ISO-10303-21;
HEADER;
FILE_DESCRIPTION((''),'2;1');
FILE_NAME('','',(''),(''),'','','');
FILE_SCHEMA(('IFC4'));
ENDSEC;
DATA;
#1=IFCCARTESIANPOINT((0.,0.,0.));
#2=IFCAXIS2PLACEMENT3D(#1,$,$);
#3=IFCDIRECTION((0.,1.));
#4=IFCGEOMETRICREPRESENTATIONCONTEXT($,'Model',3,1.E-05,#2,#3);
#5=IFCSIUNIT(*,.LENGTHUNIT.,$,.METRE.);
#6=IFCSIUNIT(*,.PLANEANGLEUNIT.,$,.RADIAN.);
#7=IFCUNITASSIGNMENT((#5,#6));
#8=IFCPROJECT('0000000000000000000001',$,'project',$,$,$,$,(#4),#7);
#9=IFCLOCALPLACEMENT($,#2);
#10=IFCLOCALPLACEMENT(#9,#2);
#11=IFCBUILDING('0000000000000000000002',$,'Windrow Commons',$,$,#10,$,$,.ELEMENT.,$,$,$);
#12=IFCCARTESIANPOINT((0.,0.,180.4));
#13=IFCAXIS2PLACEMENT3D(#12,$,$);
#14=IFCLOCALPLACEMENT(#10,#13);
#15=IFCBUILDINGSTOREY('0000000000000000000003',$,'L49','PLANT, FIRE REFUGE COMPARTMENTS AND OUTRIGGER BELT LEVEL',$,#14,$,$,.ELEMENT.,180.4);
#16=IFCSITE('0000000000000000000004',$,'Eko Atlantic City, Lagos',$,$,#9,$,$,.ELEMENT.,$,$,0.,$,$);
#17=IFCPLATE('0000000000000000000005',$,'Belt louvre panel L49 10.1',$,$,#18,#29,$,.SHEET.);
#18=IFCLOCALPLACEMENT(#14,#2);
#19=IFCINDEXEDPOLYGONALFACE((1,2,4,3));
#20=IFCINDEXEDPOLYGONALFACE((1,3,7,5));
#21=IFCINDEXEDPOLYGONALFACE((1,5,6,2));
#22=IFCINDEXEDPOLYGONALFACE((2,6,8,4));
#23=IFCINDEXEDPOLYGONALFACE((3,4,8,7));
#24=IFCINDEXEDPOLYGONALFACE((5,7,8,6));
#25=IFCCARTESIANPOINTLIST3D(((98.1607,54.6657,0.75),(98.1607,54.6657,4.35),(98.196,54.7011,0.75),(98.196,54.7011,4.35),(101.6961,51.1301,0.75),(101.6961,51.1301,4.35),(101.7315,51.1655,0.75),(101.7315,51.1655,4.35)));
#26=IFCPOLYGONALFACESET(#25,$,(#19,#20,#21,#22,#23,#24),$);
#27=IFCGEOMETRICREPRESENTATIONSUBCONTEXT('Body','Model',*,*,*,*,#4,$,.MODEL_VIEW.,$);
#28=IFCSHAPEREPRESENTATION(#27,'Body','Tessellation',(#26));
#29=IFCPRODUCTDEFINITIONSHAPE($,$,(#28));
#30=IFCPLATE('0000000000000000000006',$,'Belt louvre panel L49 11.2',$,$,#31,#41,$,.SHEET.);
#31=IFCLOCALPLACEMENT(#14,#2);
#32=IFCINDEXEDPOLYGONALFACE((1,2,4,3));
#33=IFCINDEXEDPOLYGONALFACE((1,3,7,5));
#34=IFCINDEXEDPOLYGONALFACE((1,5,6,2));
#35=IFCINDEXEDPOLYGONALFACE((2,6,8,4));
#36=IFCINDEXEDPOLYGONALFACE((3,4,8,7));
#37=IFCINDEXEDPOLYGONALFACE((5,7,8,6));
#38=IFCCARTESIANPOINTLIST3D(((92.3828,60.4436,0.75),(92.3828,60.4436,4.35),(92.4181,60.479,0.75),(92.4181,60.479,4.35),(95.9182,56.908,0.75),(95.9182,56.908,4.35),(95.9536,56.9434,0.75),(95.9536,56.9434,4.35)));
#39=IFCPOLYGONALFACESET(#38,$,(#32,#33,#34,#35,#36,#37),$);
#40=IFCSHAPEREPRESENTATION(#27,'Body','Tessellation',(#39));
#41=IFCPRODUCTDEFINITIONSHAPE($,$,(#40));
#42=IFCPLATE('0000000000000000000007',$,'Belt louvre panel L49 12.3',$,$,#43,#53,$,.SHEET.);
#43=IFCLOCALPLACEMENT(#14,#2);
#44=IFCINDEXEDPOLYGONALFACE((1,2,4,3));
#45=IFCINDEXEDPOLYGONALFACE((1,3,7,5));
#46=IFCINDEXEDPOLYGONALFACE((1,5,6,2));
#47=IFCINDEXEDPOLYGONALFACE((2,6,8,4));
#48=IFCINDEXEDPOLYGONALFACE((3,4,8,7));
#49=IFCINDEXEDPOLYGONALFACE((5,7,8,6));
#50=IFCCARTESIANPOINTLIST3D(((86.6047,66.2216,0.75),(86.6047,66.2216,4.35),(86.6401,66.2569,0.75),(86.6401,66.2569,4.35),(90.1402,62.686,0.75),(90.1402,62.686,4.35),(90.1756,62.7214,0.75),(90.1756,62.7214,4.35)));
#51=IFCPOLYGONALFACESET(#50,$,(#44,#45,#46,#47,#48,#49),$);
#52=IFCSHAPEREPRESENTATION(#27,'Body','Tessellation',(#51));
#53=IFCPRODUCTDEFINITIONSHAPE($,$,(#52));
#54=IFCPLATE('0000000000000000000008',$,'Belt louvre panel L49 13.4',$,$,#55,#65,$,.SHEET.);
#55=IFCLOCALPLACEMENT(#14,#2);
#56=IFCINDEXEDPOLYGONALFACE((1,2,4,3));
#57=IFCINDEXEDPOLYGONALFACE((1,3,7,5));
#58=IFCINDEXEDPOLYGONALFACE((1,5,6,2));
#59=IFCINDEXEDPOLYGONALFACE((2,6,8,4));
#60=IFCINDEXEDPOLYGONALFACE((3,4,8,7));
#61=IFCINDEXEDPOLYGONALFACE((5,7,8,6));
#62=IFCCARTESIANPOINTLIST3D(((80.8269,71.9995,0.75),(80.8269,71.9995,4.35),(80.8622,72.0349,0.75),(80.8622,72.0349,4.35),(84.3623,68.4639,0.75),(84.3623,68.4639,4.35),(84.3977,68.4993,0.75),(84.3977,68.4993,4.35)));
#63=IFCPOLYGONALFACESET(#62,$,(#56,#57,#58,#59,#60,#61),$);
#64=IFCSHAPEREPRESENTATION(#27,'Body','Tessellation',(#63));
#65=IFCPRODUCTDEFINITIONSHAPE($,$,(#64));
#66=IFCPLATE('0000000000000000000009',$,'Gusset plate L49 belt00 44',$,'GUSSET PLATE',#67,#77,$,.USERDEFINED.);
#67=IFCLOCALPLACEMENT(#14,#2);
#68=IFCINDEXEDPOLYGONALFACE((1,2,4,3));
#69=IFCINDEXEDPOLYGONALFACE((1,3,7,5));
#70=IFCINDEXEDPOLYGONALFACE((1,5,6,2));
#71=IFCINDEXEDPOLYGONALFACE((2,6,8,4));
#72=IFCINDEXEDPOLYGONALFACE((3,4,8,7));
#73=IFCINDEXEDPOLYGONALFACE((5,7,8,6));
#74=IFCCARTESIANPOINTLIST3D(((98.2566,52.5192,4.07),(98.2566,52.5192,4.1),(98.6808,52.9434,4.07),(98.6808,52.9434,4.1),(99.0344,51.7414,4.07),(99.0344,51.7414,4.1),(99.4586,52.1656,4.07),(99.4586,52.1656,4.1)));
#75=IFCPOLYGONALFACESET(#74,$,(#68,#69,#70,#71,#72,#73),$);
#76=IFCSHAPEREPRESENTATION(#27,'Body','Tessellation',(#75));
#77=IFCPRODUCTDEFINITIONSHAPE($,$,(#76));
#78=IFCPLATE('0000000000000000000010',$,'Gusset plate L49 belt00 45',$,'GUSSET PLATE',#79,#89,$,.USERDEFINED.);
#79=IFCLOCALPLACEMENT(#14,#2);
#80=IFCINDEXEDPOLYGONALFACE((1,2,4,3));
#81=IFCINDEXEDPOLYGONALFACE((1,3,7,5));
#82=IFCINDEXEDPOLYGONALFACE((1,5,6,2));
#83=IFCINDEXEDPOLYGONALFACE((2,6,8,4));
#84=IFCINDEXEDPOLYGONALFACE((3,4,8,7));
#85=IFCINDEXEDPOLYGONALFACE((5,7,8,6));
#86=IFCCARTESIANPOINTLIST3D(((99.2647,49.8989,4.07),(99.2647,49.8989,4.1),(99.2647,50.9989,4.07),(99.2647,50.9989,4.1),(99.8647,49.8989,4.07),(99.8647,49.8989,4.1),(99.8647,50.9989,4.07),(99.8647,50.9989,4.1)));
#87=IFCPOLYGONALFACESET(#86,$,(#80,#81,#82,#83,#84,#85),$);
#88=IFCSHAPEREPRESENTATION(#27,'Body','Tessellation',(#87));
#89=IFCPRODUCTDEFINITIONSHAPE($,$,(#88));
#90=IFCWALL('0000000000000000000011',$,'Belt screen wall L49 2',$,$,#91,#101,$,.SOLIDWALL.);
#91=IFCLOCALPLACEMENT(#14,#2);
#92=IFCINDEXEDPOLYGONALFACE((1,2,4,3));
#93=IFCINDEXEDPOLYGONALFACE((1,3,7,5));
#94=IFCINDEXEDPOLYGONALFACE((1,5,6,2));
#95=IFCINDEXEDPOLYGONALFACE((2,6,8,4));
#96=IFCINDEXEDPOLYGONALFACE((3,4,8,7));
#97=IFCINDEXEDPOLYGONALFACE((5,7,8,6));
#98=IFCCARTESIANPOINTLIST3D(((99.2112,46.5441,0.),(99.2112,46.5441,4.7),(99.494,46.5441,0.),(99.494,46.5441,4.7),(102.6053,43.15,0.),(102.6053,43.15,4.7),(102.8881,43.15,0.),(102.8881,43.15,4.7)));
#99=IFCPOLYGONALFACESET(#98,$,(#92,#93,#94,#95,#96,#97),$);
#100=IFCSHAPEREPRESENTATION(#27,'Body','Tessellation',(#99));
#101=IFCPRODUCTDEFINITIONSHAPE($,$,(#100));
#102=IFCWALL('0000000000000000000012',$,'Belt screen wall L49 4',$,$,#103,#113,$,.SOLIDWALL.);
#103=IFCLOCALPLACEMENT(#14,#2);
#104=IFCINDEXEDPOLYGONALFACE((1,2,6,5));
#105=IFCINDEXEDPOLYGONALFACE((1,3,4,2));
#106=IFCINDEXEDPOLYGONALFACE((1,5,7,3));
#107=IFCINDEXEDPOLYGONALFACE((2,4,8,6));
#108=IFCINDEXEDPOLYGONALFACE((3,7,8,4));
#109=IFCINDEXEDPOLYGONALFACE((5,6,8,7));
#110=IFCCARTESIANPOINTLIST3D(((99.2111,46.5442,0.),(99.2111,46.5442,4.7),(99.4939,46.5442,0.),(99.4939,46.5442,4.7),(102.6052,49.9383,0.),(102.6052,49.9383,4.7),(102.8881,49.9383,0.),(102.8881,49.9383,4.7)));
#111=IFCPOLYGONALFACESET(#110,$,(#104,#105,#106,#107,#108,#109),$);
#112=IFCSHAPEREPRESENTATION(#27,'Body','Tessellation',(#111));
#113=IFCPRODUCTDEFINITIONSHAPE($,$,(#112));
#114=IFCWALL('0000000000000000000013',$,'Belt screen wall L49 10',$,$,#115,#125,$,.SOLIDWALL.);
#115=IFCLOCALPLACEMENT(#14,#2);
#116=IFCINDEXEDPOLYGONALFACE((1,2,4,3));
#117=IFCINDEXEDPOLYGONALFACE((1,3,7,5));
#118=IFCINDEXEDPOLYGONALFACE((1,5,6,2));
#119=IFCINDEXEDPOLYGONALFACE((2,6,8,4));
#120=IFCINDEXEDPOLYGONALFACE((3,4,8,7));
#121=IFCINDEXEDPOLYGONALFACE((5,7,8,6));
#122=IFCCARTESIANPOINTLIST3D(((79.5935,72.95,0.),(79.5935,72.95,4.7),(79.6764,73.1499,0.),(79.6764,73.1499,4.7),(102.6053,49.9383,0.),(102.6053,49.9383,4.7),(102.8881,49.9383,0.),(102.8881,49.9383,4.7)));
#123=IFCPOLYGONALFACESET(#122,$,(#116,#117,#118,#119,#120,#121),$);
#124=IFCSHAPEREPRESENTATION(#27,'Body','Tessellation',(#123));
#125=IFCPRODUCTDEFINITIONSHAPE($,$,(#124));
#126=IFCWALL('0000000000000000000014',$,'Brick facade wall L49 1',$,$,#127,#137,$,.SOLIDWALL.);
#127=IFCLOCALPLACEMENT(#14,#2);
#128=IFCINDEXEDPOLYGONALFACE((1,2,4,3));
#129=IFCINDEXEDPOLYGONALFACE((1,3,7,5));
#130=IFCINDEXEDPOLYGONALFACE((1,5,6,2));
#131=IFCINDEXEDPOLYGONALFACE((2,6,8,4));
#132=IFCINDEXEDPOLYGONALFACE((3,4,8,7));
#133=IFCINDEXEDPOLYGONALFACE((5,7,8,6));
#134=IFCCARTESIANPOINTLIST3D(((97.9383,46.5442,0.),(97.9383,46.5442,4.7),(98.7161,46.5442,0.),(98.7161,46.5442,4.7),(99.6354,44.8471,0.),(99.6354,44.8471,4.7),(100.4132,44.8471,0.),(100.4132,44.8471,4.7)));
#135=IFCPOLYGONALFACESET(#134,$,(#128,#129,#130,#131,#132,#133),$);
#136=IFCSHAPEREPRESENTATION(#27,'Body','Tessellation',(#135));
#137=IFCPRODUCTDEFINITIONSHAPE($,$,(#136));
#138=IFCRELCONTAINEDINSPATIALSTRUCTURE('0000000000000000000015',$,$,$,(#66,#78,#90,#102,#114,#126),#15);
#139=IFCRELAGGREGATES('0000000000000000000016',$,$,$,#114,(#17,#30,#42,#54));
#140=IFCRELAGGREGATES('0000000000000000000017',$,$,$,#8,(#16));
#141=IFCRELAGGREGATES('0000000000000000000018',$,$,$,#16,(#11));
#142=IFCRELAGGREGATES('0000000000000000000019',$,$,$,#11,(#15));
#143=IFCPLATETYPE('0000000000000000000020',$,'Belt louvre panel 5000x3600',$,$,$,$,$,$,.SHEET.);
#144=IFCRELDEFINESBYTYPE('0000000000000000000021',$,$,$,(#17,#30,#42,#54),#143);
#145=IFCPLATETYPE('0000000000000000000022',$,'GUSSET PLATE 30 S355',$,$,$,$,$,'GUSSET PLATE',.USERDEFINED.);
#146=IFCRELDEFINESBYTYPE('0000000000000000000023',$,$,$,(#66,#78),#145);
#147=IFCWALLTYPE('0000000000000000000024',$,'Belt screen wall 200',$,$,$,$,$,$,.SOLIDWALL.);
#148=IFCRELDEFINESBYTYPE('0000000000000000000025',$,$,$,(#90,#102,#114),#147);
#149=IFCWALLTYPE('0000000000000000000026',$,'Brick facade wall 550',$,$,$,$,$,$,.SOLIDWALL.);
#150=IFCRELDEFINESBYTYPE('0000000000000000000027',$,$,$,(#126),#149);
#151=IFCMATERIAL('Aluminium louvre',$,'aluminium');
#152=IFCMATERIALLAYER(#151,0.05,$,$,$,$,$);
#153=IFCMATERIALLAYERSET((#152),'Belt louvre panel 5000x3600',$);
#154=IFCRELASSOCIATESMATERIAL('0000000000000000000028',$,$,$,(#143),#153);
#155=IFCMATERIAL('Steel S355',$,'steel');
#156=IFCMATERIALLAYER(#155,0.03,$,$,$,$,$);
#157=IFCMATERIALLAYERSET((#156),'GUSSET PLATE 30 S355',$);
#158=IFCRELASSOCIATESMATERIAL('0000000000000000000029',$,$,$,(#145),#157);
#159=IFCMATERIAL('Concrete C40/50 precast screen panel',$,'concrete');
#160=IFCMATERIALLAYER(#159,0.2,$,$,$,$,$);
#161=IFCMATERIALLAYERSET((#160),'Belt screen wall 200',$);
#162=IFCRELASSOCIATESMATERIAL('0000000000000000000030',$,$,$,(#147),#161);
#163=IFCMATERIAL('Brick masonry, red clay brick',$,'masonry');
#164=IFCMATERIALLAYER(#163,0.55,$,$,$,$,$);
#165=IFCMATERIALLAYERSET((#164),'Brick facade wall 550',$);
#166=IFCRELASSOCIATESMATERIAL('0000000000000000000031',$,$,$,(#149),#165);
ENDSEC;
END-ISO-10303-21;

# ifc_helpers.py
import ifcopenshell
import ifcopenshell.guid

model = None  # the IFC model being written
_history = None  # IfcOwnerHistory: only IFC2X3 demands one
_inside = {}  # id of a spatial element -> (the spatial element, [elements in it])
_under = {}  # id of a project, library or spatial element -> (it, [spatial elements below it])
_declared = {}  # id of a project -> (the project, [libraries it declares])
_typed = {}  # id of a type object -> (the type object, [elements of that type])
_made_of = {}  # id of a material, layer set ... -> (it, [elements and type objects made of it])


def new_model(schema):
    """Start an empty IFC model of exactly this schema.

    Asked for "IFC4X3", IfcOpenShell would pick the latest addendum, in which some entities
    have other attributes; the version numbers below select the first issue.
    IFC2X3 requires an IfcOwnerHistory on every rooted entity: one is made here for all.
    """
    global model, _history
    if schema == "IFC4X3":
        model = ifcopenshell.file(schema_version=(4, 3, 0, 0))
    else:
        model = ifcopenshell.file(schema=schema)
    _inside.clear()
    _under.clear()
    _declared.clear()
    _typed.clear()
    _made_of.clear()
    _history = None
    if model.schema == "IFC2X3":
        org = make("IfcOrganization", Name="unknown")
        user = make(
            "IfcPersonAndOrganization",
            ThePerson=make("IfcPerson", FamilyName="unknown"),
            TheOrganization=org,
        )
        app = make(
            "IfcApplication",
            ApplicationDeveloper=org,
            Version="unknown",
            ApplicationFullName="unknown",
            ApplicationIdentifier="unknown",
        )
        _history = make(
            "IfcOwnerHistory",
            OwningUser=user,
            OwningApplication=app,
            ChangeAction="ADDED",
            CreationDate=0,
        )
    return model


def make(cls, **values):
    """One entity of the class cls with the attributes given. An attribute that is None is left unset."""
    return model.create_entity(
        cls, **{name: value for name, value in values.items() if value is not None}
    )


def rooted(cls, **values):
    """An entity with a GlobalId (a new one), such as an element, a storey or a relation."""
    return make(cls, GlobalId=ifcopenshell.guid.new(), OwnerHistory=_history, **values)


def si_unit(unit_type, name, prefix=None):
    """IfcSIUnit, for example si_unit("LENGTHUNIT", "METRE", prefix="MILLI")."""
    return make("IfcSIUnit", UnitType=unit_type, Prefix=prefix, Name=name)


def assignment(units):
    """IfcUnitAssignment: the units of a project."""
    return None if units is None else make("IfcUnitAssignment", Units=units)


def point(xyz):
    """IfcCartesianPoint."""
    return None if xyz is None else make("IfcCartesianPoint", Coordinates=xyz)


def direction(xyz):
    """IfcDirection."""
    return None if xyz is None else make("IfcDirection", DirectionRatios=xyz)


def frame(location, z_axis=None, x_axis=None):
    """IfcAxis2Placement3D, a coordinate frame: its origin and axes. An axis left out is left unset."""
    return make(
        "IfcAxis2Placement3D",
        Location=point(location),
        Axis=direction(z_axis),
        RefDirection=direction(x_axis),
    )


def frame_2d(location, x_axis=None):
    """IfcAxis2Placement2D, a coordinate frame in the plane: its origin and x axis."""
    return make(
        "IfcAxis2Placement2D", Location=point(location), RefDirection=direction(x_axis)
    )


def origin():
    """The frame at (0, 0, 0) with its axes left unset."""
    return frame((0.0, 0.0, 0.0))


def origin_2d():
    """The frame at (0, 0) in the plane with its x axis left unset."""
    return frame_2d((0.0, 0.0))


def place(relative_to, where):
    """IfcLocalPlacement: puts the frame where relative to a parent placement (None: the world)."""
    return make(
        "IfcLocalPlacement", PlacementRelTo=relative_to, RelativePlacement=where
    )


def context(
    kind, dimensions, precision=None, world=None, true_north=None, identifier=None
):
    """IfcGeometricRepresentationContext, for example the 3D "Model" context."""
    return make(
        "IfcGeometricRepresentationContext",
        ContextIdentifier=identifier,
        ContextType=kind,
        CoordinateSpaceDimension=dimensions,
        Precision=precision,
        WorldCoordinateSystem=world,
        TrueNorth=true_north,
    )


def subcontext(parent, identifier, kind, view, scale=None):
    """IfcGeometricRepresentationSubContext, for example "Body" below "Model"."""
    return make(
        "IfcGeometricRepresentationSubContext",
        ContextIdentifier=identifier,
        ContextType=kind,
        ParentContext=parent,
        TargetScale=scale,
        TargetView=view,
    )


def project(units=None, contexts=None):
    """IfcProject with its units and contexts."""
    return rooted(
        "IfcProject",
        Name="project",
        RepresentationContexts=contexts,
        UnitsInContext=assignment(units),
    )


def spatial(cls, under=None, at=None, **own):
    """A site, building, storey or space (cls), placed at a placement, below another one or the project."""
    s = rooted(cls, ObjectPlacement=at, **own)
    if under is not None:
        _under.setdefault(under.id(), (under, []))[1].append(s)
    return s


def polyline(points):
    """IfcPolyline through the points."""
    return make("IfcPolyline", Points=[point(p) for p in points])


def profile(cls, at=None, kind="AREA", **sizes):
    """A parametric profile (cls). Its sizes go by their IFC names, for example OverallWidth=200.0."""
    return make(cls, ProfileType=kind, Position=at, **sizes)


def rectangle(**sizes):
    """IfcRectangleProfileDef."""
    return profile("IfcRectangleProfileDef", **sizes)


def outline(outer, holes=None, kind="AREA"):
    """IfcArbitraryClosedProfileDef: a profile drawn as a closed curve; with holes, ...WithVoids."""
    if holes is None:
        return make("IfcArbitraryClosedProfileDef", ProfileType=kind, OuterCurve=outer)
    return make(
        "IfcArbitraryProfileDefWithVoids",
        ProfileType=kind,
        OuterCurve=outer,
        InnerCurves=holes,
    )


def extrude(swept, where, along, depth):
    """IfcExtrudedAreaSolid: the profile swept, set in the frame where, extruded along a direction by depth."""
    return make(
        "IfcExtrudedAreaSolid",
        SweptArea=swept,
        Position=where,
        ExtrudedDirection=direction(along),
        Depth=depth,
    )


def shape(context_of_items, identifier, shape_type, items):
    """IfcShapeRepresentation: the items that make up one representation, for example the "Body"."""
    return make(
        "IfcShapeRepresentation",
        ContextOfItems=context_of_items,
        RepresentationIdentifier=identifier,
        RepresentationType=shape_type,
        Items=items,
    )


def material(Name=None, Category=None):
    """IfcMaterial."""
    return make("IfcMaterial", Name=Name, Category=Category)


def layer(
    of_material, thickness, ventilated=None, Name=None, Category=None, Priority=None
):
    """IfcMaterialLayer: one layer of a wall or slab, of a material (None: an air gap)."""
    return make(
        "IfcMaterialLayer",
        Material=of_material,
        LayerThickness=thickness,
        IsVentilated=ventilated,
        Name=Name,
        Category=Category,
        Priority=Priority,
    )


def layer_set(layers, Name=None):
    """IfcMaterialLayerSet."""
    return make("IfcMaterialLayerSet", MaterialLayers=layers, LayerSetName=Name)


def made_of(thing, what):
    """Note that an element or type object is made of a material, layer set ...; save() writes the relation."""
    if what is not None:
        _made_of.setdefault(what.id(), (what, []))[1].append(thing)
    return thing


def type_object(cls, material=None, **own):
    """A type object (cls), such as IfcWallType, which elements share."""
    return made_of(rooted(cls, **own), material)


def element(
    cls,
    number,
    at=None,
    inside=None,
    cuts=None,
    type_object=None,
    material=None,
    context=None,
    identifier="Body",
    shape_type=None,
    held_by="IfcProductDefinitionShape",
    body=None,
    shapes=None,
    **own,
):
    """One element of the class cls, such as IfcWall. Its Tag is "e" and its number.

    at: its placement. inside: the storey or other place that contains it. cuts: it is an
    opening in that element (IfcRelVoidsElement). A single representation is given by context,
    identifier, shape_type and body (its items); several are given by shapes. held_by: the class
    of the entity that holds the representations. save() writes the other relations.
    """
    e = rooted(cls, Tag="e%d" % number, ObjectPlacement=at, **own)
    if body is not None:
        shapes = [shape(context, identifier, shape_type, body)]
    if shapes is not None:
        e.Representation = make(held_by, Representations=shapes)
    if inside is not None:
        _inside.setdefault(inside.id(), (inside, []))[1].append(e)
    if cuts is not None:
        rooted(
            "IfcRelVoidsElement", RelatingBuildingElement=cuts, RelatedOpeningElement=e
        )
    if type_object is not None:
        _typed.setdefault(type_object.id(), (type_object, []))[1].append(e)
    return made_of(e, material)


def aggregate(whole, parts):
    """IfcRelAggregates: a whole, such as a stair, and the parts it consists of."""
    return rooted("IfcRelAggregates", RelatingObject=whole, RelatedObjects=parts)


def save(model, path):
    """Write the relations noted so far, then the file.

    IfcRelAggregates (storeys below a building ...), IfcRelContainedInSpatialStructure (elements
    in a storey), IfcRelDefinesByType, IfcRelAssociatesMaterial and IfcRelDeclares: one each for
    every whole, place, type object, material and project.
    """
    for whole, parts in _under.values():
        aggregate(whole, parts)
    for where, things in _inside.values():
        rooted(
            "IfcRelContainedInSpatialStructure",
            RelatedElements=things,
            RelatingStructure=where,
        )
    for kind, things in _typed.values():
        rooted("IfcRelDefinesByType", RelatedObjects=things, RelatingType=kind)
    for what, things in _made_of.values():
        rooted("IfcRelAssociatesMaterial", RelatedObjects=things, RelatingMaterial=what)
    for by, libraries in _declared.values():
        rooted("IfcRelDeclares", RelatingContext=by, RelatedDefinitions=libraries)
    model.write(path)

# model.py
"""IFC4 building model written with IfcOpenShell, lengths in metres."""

from ifc_helpers import new_model, si_unit, direction, frame, origin, origin_2d, place, context, subcontext, project, spatial, polyline, rectangle, outline, extrude, material, layer, layer_set, type_object, element, aggregate, save


model = new_model("IFC4")

# Units and contexts
model_context = context("Model", 3, precision=1e-05, world=origin(), true_north=direction((0.0, 1.0)))
body_context = subcontext(model_context, "Body", "Model", "MODEL_VIEW")
ifc_project = project(units=[si_unit("LENGTHUNIT", "METRE"), si_unit("PLANEANGLEUNIT", "RADIAN")], contexts=[model_context])

# Site, building, storey
site_placement = place(None, origin())
site = spatial("IfcSite", under=ifc_project, at=site_placement, Name="Eko Atlantic City, Lagos", CompositionType="ELEMENT", RefElevation=0.0)
building_placement = place(site_placement, origin())
building = spatial("IfcBuilding", under=site, at=building_placement, Name="Windrow Commons", CompositionType="ELEMENT")
storey_placement = place(building_placement, frame((0.0, 0.0, 180.4)))
storey = spatial("IfcBuildingStorey", under=building, at=storey_placement, Name="L49", Description="PLANT, FIRE REFUGE COMPARTMENTS AND OUTRIGGER BELT LEVEL", CompositionType="ELEMENT", Elevation=180.4)

# Plates
ifc_material_1 = material(Name="Aluminium louvre", Category="aluminium")
ifc_layer_1 = layer(ifc_material_1, 0.05)
ifc_layer_set_1 = layer_set([ifc_layer_1], Name="Belt louvre panel 5000x3600")
plate_type_1 = type_object("IfcPlateType", Name="Belt louvre panel 5000x3600", PredefinedType="SHEET", material=ifc_layer_set_1)
plate_1_placement = place(storey_placement, frame((101.7315, 51.1655, 0.75), z_axis=(0.707117, 0.707097, 0.0), x_axis=(-0.707097, 0.707117, 0.0)))
plate_1 = element("IfcPlate", 1, at=plate_1_placement, type_object=plate_type_1, Name="Belt louvre panel L49 10.1", PredefinedType="SHEET", context=body_context, shape_type="SweptSolid", body=[
    extrude(outline(polyline([(0.0, 0.0), (5.0, 0.0), (5.0, 3.6), (0.0, 3.6), (0.0, 0.0)])), origin(), (0.0, 0.0, -1.0), 0.05),
])
plate_2_placement = place(storey_placement, frame((95.9536, 56.9434, 0.75), z_axis=(0.707117, 0.707097, 0.0), x_axis=(-0.707097, 0.707117, 0.0)))
plate_2 = element("IfcPlate", 2, at=plate_2_placement, type_object=plate_type_1, Name="Belt louvre panel L49 11.2", PredefinedType="SHEET", context=body_context, shape_type="SweptSolid", body=[
    extrude(outline(polyline([(0.0, 0.0), (5.0, 0.0), (5.0, 3.6), (0.0, 3.6), (0.0, 0.0)])), origin(), (0.0, 0.0, -1.0), 0.05),
])
plate_3_placement = place(storey_placement, frame((90.1756, 62.7214, 0.75), z_axis=(0.707107, 0.707107, 0.0), x_axis=(-0.707107, 0.707107, 0.0)))
plate_3 = element("IfcPlate", 3, at=plate_3_placement, type_object=plate_type_1, Name="Belt louvre panel L49 12.3", PredefinedType="SHEET", context=body_context, shape_type="SweptSolid", body=[
    extrude(outline(polyline([(0.0, 0.0), (5.0, 0.0), (5.0, 3.6), (0.0, 3.6), (0.0, 0.0)])), origin(), (0.0, 0.0, -1.0), 0.05),
])
plate_4_placement = place(storey_placement, frame((84.3977, 68.4993, 0.75), z_axis=(0.707117, 0.707097, 0.0), x_axis=(-0.707097, 0.707117, 0.0)))
plate_4 = element("IfcPlate", 4, at=plate_4_placement, type_object=plate_type_1, Name="Belt louvre panel L49 13.4", PredefinedType="SHEET", context=body_context, shape_type="SweptSolid", body=[
    extrude(outline(polyline([(0.0, 0.0), (5.0, 0.0), (5.0, 3.6), (0.0, 3.6), (0.0, 0.0)])), origin(), (0.0, 0.0, -1.0), 0.05),
])

# Plates
ifc_material_2 = material(Name="Steel S355", Category="steel")
ifc_layer_2 = layer(ifc_material_2, 0.03)
ifc_layer_set_2 = layer_set([ifc_layer_2], Name="GUSSET PLATE 30 S355")
plate_type_2 = type_object("IfcPlateType", Name="GUSSET PLATE 30 S355", ElementType="GUSSET PLATE", PredefinedType="USERDEFINED", material=ifc_layer_set_2)
for number, where, z_axis, x_axis, name in (
    (5, (98.8576, 52.3424, 4.07), (0.0, 0.0, 1.0), (0.707107, -0.707107, 0.0), "Gusset plate L49 belt00 44"),
    (6, (99.5647, 50.4489, 4.07), (0.0, 0.0, 1.0), (0.0, -1.0, 0.0), "Gusset plate L49 belt00 45"),
):
    element("IfcPlate", number, at=place(storey_placement, frame(where, z_axis=z_axis, x_axis=x_axis)), inside=storey, type_object=plate_type_2, Name=name, ObjectType="GUSSET PLATE", PredefinedType="USERDEFINED", context=body_context, shape_type="SweptSolid", body=[
        extrude(rectangle(XDim=1.1, YDim=0.6, at=origin_2d()), origin(), (0.0, 0.0, 1.0), 0.03),
    ])

# Walls
ifc_material_3 = material(Name="Concrete C40/50 precast screen panel", Category="concrete")
ifc_layer_3 = layer(ifc_material_3, 0.2)
ifc_layer_set_3 = layer_set([ifc_layer_3], Name="Belt screen wall 200")
wall_type_1 = type_object("IfcWallType", Name="Belt screen wall 200", PredefinedType="SOLIDWALL", material=ifc_layer_set_3)
wall_1_placement = place(storey_placement, frame((102.7467, 43.15, 0.0), z_axis=(0.0, 0.0, 1.0), x_axis=(-0.707107, 0.707107, 0.0)))
element("IfcWall", 7, at=wall_1_placement, inside=storey, type_object=wall_type_1, Name="Belt screen wall L49 2", PredefinedType="SOLIDWALL", context=body_context, shape_type="SweptSolid", body=[
    extrude(outline(polyline([(-0.1, -0.1), (4.7, -0.1), (4.9, 0.1), (0.1, 0.1), (-0.1, -0.1)])), origin(), (0.0, 0.0, 1.0), 4.7),
])
wall_2_placement = place(storey_placement, frame((99.3525, 46.5442, 0.0), z_axis=(0.0, 0.0, 1.0), x_axis=(0.707117, 0.707096, 0.0)))
element("IfcWall", 8, at=wall_2_placement, inside=storey, type_object=wall_type_1, Name="Belt screen wall L49 4", PredefinedType="SOLIDWALL", context=body_context, shape_type="SweptSolid", body=[
    extrude(outline(polyline([(0.1, -0.1), (4.9, -0.1), (4.7, 0.1), (-0.1, 0.1), (0.1, -0.1)])), origin(), (0.0, 0.0, 1.0), 4.7),
])

# Walls
wall_3_placement = place(storey_placement, frame((102.7467, 49.9383, 0.0), z_axis=(0.0, 0.0, 1.0), x_axis=(-0.707108, 0.707105, 0.0)))
wall_3 = element("IfcWall", 9, at=wall_3_placement, inside=storey, type_object=wall_type_1, Name="Belt screen wall L49 10", PredefinedType="SOLIDWALL", context=body_context, shape_type="SweptSolid", body=[
    extrude(outline(polyline([(-0.1, -0.1), (32.7263, -0.1), (32.6435, 0.1), (0.1, 0.1), (-0.1, -0.1)])), origin(), (0.0, 0.0, 1.0), 4.7),
])
aggregate(wall_3, [plate_1, plate_2, plate_3, plate_4])
ifc_material_4 = material(Name="Brick masonry, red clay brick", Category="masonry")
ifc_layer_4 = layer(ifc_material_4, 0.55)
ifc_layer_set_4 = layer_set([ifc_layer_4], Name="Brick facade wall 550")
wall_type_2 = type_object("IfcWallType", Name="Brick facade wall 550", PredefinedType="SOLIDWALL", material=ifc_layer_set_4)
wall_4_placement = place(storey_placement, frame((100.0243, 44.8471, 0.0), z_axis=(0.0, 0.0, 1.0), x_axis=(-0.707107, 0.707107, 0.0)))
element("IfcWall", 10, at=wall_4_placement, inside=storey, type_object=wall_type_2, Name="Brick facade wall L49 1", PredefinedType="SOLIDWALL", context=body_context, shape_type="SweptSolid", body=[
    extrude(outline(polyline([(-0.275, -0.275), (2.1251, -0.275), (2.6751, 0.275), (0.275, 0.275), (-0.275, -0.275)])), origin(), (0.0, 0.0, 1.0), 4.7),
])

save(model, "model.ifc")
